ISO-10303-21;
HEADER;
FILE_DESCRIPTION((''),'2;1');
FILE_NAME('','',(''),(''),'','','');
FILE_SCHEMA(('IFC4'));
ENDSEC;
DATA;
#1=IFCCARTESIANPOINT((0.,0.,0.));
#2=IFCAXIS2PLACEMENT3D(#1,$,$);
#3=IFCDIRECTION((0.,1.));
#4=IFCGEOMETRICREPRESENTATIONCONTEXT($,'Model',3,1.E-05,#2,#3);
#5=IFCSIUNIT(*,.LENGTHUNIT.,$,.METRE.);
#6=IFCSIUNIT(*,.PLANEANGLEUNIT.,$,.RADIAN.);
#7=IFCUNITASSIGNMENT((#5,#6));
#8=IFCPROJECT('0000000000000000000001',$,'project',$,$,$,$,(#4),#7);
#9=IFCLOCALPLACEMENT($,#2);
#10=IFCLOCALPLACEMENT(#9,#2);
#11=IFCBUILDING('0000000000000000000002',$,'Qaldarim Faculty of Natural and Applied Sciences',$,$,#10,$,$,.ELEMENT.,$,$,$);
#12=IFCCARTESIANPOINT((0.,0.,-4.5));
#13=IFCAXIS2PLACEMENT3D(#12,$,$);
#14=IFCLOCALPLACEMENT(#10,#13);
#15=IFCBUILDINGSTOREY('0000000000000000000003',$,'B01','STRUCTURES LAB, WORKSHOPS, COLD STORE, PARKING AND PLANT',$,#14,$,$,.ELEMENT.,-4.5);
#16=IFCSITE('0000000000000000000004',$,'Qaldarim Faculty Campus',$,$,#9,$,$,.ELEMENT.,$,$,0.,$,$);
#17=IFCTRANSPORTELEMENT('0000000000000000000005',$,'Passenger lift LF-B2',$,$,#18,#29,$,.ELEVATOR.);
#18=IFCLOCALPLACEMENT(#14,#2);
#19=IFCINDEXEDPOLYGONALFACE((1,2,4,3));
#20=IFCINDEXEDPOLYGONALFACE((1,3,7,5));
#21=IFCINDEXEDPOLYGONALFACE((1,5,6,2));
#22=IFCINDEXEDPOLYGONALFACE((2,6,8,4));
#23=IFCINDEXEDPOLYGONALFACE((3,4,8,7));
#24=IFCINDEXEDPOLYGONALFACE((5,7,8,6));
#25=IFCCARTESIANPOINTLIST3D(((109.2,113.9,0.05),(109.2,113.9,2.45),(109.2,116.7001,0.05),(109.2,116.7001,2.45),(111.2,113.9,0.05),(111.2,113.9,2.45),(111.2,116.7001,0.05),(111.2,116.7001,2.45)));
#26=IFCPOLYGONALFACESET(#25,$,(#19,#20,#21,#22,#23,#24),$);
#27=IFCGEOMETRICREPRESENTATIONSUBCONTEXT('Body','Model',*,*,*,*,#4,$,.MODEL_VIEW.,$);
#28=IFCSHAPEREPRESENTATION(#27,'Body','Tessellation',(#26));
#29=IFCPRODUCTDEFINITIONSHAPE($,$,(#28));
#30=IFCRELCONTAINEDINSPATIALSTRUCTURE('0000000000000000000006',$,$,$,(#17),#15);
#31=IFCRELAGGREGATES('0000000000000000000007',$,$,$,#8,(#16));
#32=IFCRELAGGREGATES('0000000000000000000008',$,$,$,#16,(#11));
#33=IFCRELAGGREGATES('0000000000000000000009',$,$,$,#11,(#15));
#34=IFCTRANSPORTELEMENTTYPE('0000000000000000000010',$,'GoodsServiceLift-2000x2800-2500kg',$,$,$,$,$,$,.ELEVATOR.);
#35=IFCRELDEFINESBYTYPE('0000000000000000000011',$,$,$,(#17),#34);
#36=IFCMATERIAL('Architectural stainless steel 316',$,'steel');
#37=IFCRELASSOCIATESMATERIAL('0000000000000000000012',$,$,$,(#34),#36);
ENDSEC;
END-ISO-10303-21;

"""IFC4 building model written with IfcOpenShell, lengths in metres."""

from ifc_helpers import new_model, si_unit, direction, frame, origin, origin_2d, place, context, subcontext, project, spatial, rectangle, extrude, material, type_object, element, save


model = new_model("IFC4")

# Units and contexts
model_context = context("Model", 3, precision=1e-05, world=origin(), true_north=direction((0.0, 1.0)))
body_context = subcontext(model_context, "Body", "Model", "MODEL_VIEW")
ifc_project = project(units=[si_unit("LENGTHUNIT", "METRE"), si_unit("PLANEANGLEUNIT", "RADIAN")], contexts=[model_context])

# Site, building, storey
site_placement = place(None, origin())
site = spatial("IfcSite", under=ifc_project, at=site_placement, Name="Qaldarim Faculty Campus", CompositionType="ELEMENT", RefElevation=0.0)
building_placement = place(site_placement, origin())
building = spatial("IfcBuilding", under=site, at=building_placement, Name="Qaldarim Faculty of Natural and Applied Sciences", CompositionType="ELEMENT")
storey_placement = place(building_placement, frame((0.0, 0.0, -4.5)))
storey = spatial("IfcBuildingStorey", under=building, at=storey_placement, Name="B01", Description="STRUCTURES LAB, WORKSHOPS, COLD STORE, PARKING AND PLANT", CompositionType="ELEMENT", Elevation=-4.5)

# Shared definitions
ifc_material_1 = material(Name="Architectural stainless steel 316", Category="steel")

# Transport element
transport_element_type_1 = type_object("IfcTransportElementType", Name="GoodsServiceLift-2000x2800-2500kg", PredefinedType="ELEVATOR", material=ifc_material_1)
transport_element_1_placement = place(storey_placement, frame((110.2, 115.3, 0.05), z_axis=(0.0, 0.0, 1.0), x_axis=(1.0, 0.0, 0.0)))
element("IfcTransportElement", 1, at=transport_element_1_placement, inside=storey, type_object=transport_element_type_1, Name="Passenger lift LF-B2", PredefinedType="ELEVATOR", context=body_context, shape_type="SweptSolid", body=[
    extrude(rectangle(XDim=2.0, YDim=2.8, at=origin_2d()), origin(), (0.0, 0.0, 1.0), 2.3999),
])

save(model, "model.ifc")
